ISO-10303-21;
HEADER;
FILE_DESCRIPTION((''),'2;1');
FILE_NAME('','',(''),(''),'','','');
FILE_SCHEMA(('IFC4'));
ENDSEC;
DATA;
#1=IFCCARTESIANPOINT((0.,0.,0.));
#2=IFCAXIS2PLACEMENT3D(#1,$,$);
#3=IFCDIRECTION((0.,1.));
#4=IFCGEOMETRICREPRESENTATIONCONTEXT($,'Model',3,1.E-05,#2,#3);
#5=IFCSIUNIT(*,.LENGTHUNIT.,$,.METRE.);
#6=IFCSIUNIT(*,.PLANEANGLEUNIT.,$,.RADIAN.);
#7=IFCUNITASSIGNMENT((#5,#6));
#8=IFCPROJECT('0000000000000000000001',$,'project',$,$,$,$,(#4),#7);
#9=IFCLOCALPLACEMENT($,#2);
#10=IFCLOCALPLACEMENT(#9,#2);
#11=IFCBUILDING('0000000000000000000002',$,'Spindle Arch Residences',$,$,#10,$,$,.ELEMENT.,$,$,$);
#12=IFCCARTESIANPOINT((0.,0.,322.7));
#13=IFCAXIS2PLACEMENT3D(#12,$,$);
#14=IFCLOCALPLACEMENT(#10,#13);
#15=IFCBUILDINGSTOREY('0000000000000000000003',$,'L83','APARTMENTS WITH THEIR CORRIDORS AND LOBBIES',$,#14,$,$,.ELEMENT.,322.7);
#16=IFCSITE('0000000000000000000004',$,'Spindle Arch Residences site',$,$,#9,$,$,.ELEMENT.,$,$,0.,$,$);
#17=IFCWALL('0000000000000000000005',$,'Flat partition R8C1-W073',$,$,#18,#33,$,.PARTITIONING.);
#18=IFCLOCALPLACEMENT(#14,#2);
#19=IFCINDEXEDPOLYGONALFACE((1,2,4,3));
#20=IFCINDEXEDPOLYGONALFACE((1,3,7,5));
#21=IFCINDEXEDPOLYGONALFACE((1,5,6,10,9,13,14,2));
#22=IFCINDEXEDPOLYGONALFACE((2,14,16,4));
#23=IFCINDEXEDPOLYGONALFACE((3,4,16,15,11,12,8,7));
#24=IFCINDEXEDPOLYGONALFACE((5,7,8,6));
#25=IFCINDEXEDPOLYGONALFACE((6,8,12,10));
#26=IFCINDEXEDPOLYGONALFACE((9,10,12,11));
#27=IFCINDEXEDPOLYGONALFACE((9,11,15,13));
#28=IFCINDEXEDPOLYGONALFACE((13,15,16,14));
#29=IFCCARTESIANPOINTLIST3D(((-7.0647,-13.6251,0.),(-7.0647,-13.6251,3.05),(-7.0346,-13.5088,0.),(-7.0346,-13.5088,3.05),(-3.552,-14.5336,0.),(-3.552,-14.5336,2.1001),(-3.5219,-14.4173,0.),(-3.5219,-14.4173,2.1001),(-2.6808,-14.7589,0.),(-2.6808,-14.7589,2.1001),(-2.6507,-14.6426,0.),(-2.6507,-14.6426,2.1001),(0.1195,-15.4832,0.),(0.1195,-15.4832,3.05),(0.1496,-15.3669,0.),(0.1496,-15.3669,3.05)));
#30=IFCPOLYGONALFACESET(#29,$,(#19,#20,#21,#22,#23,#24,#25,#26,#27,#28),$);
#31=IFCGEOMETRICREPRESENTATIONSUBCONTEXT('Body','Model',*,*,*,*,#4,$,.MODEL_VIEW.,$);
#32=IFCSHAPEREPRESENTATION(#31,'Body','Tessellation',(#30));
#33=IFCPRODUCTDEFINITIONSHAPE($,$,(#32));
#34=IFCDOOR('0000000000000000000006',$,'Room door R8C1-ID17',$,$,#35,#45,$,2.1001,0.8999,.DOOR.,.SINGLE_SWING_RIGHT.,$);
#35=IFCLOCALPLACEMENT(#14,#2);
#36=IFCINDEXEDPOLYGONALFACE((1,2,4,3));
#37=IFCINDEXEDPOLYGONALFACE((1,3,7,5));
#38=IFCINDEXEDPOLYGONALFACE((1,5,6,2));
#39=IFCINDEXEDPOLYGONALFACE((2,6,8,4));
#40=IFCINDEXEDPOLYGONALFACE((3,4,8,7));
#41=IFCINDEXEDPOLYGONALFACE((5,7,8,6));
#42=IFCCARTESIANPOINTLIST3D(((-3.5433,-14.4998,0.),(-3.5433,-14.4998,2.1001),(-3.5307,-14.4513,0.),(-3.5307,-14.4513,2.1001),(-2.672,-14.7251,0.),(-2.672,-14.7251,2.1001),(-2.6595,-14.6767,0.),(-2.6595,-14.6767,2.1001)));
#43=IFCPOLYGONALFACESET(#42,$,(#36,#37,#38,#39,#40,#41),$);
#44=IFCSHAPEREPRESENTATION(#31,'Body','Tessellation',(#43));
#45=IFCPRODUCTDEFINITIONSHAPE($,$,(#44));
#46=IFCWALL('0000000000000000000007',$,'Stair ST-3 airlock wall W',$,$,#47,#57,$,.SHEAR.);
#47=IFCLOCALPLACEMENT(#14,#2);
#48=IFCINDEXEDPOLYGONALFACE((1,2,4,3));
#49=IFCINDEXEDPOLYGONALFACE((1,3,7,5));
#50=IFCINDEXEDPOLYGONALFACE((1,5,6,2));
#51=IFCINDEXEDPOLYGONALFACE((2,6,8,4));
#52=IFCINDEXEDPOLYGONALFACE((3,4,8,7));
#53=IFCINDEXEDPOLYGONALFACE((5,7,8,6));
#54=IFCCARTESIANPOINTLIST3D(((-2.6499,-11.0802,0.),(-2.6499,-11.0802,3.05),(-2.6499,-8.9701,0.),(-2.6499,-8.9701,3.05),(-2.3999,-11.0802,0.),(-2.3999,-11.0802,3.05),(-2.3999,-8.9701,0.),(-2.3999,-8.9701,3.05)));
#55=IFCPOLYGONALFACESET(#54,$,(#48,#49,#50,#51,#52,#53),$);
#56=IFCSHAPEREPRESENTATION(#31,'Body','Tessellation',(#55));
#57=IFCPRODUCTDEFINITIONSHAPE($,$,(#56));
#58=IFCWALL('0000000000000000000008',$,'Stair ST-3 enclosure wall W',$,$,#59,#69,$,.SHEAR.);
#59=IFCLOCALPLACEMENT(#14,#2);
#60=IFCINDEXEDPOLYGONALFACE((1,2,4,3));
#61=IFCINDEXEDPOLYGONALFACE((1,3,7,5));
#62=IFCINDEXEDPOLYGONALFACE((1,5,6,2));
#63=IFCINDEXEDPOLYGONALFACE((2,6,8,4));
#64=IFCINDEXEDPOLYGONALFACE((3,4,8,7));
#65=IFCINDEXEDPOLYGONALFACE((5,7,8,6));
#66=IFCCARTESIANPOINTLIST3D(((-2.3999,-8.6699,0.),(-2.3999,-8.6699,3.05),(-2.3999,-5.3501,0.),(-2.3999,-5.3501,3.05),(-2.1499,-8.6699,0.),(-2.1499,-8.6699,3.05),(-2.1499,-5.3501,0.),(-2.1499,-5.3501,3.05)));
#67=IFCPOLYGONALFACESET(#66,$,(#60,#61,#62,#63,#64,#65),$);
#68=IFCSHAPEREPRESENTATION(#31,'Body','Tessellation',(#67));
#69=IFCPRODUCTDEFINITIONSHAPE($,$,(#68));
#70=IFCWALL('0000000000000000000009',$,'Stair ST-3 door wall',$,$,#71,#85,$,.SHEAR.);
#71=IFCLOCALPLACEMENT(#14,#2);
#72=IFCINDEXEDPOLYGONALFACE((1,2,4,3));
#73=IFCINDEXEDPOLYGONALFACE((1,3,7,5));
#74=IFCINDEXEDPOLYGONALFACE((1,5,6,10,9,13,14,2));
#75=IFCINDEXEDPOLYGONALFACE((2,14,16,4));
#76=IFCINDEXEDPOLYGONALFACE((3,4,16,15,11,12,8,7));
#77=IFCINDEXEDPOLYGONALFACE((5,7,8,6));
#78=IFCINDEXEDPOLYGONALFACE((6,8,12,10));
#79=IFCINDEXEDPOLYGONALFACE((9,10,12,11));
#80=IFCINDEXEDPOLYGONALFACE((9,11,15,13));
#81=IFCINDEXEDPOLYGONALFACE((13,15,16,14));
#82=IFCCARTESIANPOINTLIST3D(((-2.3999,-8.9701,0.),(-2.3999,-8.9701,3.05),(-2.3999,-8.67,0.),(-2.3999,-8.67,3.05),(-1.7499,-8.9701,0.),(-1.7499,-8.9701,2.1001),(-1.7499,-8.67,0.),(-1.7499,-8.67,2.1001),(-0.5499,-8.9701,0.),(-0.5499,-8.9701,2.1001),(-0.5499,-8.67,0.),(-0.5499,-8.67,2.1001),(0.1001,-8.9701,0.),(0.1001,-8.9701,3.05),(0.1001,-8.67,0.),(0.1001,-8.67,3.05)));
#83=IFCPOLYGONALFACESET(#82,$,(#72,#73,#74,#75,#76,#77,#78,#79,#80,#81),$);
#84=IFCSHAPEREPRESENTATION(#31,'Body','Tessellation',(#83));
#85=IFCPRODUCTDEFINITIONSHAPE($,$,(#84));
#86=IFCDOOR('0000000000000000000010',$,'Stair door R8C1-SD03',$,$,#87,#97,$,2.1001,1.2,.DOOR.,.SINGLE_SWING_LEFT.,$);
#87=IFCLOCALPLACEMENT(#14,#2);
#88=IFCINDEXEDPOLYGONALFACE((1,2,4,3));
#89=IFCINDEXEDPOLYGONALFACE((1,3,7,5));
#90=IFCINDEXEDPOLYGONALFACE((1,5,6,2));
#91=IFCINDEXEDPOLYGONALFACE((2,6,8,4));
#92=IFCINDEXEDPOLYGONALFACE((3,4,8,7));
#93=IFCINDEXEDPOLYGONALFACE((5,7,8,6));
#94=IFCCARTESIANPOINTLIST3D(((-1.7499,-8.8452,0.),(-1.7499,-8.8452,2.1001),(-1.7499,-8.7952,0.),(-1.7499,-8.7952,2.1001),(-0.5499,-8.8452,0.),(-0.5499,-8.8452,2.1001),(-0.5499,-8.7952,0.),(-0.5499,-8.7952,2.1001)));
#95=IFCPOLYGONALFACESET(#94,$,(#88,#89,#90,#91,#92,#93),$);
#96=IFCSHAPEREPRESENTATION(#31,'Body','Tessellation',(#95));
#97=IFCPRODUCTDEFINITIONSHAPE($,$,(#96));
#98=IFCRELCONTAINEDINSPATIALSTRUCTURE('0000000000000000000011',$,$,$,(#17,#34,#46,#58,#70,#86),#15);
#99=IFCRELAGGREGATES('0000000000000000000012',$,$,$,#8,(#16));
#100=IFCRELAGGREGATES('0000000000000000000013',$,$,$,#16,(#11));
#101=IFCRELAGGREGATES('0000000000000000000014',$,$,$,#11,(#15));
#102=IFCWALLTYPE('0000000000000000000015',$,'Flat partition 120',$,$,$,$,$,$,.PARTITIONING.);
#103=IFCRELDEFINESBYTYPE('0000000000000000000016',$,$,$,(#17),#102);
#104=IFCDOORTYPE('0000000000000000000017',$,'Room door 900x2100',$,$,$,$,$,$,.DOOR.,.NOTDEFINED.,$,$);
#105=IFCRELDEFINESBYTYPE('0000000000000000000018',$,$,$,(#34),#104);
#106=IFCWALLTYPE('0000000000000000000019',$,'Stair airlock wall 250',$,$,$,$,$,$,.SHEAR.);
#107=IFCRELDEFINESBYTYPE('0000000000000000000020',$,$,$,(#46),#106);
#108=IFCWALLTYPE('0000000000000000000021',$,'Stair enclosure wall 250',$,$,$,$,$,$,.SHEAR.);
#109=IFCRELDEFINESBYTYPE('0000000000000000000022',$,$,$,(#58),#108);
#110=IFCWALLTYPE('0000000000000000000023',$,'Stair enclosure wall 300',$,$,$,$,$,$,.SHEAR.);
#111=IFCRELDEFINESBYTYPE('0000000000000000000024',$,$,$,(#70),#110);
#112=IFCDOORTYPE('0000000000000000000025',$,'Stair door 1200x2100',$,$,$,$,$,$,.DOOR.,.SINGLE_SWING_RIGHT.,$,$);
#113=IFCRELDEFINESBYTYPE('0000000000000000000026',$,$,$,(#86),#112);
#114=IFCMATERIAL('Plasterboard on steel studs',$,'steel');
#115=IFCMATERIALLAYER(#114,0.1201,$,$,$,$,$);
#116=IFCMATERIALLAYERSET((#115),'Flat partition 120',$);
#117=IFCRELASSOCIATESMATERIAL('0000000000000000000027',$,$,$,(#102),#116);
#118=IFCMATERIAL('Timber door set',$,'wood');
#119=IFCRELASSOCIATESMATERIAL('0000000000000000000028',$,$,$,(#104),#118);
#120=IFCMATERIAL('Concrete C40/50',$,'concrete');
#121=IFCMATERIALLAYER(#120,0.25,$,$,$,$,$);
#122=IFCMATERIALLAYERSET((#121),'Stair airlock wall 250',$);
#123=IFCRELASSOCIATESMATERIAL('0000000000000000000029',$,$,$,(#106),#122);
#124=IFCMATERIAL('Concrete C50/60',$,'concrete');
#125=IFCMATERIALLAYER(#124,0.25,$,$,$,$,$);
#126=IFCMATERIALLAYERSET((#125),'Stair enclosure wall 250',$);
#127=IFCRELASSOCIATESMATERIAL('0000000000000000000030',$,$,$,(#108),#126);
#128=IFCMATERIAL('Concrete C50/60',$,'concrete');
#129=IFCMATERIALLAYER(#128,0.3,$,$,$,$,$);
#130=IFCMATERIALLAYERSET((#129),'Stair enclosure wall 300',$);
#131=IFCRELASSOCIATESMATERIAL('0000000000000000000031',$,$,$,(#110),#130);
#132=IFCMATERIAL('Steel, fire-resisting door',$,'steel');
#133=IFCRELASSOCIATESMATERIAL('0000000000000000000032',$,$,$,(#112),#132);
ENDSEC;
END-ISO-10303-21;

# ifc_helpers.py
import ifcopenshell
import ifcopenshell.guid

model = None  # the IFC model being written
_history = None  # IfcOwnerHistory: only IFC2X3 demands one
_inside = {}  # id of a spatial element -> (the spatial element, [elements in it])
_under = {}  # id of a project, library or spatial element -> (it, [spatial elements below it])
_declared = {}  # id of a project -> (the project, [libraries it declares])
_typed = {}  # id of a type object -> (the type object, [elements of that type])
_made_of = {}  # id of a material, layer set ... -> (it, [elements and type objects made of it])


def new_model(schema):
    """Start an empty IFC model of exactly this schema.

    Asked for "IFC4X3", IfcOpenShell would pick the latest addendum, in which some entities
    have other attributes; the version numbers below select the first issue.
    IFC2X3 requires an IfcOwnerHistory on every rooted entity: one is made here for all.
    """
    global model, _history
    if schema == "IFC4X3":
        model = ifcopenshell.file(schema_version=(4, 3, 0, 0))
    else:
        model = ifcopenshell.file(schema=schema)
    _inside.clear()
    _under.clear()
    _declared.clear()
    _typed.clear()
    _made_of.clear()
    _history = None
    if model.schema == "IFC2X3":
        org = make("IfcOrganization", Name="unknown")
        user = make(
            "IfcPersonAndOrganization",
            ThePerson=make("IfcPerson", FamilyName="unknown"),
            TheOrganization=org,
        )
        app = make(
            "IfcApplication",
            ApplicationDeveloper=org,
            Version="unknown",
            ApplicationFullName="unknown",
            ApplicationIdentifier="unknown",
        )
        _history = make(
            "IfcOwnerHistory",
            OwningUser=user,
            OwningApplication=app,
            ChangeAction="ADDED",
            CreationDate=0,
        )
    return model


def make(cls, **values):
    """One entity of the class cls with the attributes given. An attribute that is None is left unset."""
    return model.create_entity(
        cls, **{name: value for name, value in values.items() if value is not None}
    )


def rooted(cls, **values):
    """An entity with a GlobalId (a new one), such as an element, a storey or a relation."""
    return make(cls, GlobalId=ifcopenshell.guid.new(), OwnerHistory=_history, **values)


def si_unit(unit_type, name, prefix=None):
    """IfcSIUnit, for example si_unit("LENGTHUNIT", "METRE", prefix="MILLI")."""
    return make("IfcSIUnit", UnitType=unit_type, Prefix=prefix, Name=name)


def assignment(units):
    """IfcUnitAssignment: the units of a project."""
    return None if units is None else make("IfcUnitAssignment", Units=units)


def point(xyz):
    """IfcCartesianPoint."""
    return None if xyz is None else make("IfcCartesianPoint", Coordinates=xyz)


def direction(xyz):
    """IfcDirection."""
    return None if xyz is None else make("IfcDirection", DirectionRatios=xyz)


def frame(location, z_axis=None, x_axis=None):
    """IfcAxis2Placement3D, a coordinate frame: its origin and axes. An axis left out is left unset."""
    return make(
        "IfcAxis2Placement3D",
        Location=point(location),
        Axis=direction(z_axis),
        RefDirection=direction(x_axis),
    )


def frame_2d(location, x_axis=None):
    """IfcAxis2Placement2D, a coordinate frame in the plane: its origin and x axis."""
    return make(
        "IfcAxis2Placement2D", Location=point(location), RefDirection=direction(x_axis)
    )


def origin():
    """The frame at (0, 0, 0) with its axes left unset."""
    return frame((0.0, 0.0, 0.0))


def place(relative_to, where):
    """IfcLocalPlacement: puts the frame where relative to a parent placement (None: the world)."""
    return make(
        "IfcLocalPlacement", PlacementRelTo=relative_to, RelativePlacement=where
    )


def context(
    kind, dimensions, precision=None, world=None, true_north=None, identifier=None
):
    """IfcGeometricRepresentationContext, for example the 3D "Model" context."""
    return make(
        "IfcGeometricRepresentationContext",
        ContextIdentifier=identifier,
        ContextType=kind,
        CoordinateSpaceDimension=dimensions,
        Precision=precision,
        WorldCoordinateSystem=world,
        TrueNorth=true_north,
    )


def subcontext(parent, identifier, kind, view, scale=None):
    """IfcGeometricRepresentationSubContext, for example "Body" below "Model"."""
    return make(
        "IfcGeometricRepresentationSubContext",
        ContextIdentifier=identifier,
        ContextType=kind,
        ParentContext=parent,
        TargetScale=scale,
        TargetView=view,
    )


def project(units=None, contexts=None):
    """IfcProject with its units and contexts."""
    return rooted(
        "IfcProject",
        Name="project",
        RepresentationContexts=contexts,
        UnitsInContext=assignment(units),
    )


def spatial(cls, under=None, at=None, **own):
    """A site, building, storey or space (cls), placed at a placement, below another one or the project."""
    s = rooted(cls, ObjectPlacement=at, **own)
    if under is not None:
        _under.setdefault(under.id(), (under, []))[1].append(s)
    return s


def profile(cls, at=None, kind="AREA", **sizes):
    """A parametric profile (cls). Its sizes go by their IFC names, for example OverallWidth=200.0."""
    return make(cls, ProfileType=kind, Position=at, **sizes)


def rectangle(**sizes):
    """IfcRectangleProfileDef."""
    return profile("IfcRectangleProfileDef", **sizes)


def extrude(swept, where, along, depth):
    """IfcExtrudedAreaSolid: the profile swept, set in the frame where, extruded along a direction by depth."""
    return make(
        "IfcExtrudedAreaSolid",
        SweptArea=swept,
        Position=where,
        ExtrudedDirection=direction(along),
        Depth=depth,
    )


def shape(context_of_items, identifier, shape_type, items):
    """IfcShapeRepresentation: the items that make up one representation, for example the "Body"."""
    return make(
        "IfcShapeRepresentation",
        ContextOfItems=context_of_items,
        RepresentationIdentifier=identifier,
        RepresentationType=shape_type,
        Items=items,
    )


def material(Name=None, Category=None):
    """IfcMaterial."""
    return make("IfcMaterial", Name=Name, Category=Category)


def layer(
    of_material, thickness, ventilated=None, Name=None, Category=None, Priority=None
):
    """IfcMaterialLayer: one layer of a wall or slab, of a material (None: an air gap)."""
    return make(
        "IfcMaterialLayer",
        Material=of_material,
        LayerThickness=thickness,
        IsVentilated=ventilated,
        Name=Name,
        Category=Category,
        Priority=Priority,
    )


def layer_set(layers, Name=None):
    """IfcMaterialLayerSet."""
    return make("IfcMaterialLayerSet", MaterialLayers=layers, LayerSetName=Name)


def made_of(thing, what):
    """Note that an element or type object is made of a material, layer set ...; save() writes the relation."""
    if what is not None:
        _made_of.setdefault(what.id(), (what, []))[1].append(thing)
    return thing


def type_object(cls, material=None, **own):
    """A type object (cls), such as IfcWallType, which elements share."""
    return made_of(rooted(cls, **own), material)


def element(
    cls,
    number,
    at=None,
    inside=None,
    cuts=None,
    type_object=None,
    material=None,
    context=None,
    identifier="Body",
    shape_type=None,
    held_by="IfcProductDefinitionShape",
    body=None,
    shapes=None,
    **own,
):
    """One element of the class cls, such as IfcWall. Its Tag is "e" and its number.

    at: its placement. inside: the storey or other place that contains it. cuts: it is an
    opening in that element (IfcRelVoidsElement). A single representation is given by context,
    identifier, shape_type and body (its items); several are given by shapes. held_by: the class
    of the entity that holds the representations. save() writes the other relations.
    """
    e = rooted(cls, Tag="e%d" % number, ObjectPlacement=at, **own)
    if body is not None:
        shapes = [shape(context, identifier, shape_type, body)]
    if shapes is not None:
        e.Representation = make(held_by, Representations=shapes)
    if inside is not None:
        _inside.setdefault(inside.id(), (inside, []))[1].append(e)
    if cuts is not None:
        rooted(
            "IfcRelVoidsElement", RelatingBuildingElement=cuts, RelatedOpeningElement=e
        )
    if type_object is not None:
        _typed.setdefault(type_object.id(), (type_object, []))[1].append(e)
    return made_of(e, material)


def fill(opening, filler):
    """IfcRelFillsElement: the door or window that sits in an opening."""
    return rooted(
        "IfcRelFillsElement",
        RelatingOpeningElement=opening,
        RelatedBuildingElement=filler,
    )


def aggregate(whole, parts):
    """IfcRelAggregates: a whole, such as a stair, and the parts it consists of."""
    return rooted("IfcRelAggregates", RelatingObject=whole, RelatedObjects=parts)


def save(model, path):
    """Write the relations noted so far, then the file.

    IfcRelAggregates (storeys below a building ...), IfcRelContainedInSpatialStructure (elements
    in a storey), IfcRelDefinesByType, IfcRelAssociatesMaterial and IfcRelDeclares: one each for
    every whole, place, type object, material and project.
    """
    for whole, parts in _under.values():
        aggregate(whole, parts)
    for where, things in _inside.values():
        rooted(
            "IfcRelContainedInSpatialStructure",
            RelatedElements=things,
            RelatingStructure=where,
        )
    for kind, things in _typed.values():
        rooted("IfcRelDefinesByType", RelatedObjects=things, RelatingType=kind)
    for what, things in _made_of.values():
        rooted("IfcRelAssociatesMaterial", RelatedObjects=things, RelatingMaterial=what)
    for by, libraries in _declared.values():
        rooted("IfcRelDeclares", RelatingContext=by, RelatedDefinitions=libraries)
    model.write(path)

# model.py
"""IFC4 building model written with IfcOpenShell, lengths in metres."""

from ifc_helpers import new_model, si_unit, direction, frame, frame_2d, origin, place, context, subcontext, project, spatial, rectangle, extrude, material, layer, layer_set, type_object, element, fill, save


model = new_model("IFC4")

# Units and contexts
model_context = context("Model", 3, precision=1e-05, world=origin(), true_north=direction((0.0, 1.0)))
body_context = subcontext(model_context, "Body", "Model", "MODEL_VIEW")
ifc_project = project(units=[si_unit("LENGTHUNIT", "METRE"), si_unit("PLANEANGLEUNIT", "RADIAN")], contexts=[model_context])

# Site, building, storey
site_placement = place(None, origin())
site = spatial("IfcSite", under=ifc_project, at=site_placement, Name="Spindle Arch Residences site", CompositionType="ELEMENT", RefElevation=0.0)
building_placement = place(site_placement, origin())
building = spatial("IfcBuilding", under=site, at=building_placement, Name="Spindle Arch Residences", CompositionType="ELEMENT")
storey_placement = place(building_placement, frame((0.0, 0.0, 322.7)))
storey = spatial("IfcBuildingStorey", under=building, at=storey_placement, Name="L83", Description="APARTMENTS WITH THEIR CORRIDORS AND LOBBIES", CompositionType="ELEMENT", Elevation=322.7)

# Shared definitions
ifc_material_1 = material(Name="Plasterboard on steel studs", Category="steel")
ifc_layer_1 = layer(ifc_material_1, 0.1201)
ifc_layer_set_1 = layer_set([ifc_layer_1], Name="Flat partition 120")
wall_type_1 = type_object("IfcWallType", Name="Flat partition 120", PredefinedType="PARTITIONING", material=ifc_layer_set_1)

# Wall, opening, door
wall_1_placement = place(storey_placement, frame((-7.0498, -13.5669, 0.0), z_axis=(0.0, 0.0, 1.0), x_axis=(0.968142, -0.2504, 0.0)))
wall_1 = element("IfcWall", 1, at=wall_1_placement, inside=storey, type_object=wall_type_1, Name="Flat partition R8C1-W073", PredefinedType="PARTITIONING", context=body_context, shape_type="SweptSolid", body=[
    extrude(rectangle(XDim=7.4207, YDim=0.1201, at=frame_2d((3.7104, 0.0))), origin(), (0.0, 0.0, 1.0), 3.05),
])
opening_1_placement = place(wall_1_placement, frame((3.6284, 0.0, 0.0)))
opening_1 = element("IfcOpeningElement", 2, at=opening_1_placement, cuts=wall_1, PredefinedType="OPENING", context=body_context, shape_type="SweptSolid", body=[
    extrude(rectangle(XDim=0.8999, YDim=2.1001, at=frame_2d((0.45, 1.05))), frame((0.0, 0.0701, 0.0), z_axis=(0.0, -1.0, 0.0), x_axis=(1.0, 0.0, 0.0)), (0.0, 0.0, 1.0), 0.1401),
])
ifc_material_2 = material(Name="Timber door set", Category="wood")
door_type_1 = type_object("IfcDoorType", Name="Room door 900x2100", OperationType="NOTDEFINED", PredefinedType="DOOR", material=ifc_material_2)
door_1_placement = place(opening_1_placement, origin())
door_1 = element("IfcDoor", 3, at=door_1_placement, inside=storey, type_object=door_type_1, Name="Room door R8C1-ID17", OperationType="SINGLE_SWING_RIGHT", OverallHeight=2.1001, OverallWidth=0.8999, PredefinedType="DOOR", context=body_context, shape_type="SweptSolid", body=[
    extrude(rectangle(XDim=0.8999, YDim=2.1001, at=frame_2d((0.45, 1.05))), frame((0.0, 0.0249, 0.0), z_axis=(0.0, -1.0, 0.0), x_axis=(1.0, 0.0, 0.0)), (0.0, 0.0, 1.0), 0.05),
])
fill(opening_1, door_1)

# Walls
ifc_material_3 = material(Name="Concrete C40/50", Category="concrete")
ifc_layer_2 = layer(ifc_material_3, 0.25)
ifc_layer_set_2 = layer_set([ifc_layer_2], Name="Stair airlock wall 250")
wall_type_2 = type_object("IfcWallType", Name="Stair airlock wall 250", PredefinedType="SHEAR", material=ifc_layer_set_2)
wall_2_placement = place(storey_placement, frame((-2.5249, -8.97, 0.0), z_axis=(0.0, 0.0, 1.0), x_axis=(0.0, -1.0, 0.0)))
element("IfcWall", 4, at=wall_2_placement, inside=storey, type_object=wall_type_2, Name="Stair ST-3 airlock wall W", PredefinedType="SHEAR", context=body_context, shape_type="SweptSolid", body=[
    extrude(rectangle(XDim=2.1101, YDim=0.25, at=frame_2d((1.0552, 0.0))), origin(), (0.0, 0.0, 1.0), 3.05),
])
ifc_material_4 = material(Name="Concrete C50/60", Category="concrete")
ifc_layer_3 = layer(ifc_material_4, 0.25)
ifc_layer_set_3 = layer_set([ifc_layer_3], Name="Stair enclosure wall 250")
wall_type_3 = type_object("IfcWallType", Name="Stair enclosure wall 250", PredefinedType="SHEAR", material=ifc_layer_set_3)
wall_3_placement = place(storey_placement, frame((-2.2749, -8.6699, 0.0), z_axis=(0.0, 0.0, 1.0), x_axis=(0.0, 1.0, 0.0)))
element("IfcWall", 5, at=wall_3_placement, inside=storey, type_object=wall_type_3, Name="Stair ST-3 enclosure wall W", PredefinedType="SHEAR", context=body_context, shape_type="SweptSolid", body=[
    extrude(rectangle(XDim=3.3198, YDim=0.25, at=frame_2d((1.6599, 0.0))), origin(), (0.0, 0.0, 1.0), 3.05),
])

# Wall, opening, door
ifc_material_5 = material(Name="Concrete C50/60", Category="concrete")
ifc_layer_4 = layer(ifc_material_5, 0.3)
ifc_layer_set_4 = layer_set([ifc_layer_4], Name="Stair enclosure wall 300")
wall_type_4 = type_object("IfcWallType", Name="Stair enclosure wall 300", PredefinedType="SHEAR", material=ifc_layer_set_4)
wall_4_placement = place(storey_placement, frame((-2.3999, -8.8201, 0.0), z_axis=(0.0, 0.0, 1.0), x_axis=(1.0, 0.0, 0.0)))
wall_4 = element("IfcWall", 6, at=wall_4_placement, inside=storey, type_object=wall_type_4, Name="Stair ST-3 door wall", PredefinedType="SHEAR", context=body_context, shape_type="SweptSolid", body=[
    extrude(rectangle(XDim=2.5, YDim=0.3, at=frame_2d((1.25, 0.0))), origin(), (0.0, 0.0, 1.0), 3.05),
])
opening_2_placement = place(wall_4_placement, frame((0.6499, 0.0, 0.0)))
opening_2 = element("IfcOpeningElement", 7, at=opening_2_placement, cuts=wall_4, PredefinedType="OPENING", context=body_context, shape_type="SweptSolid", body=[
    extrude(rectangle(XDim=1.2, YDim=2.1001, at=frame_2d((0.6001, 1.05))), frame((0.0, 0.1602, 0.0), z_axis=(0.0, -1.0, 0.0), x_axis=(1.0, 0.0, 0.0)), (0.0, 0.0, 1.0), 0.3201),
])
ifc_material_6 = material(Name="Steel, fire-resisting door", Category="steel")
door_type_2 = type_object("IfcDoorType", Name="Stair door 1200x2100", OperationType="SINGLE_SWING_RIGHT", PredefinedType="DOOR", material=ifc_material_6)
door_2_placement = place(opening_2_placement, origin())
door_2 = element("IfcDoor", 8, at=door_2_placement, inside=storey, type_object=door_type_2, Name="Stair door R8C1-SD03", OperationType="SINGLE_SWING_LEFT", OverallHeight=2.1001, OverallWidth=1.2, PredefinedType="DOOR", context=body_context, shape_type="SweptSolid", body=[
    extrude(rectangle(XDim=1.2, YDim=2.1001, at=frame_2d((0.6001, 1.05))), frame((0.0, 0.0249, 0.0), z_axis=(0.0, -1.0, 0.0), x_axis=(1.0, 0.0, 0.0)), (0.0, 0.0, 1.0), 0.05),
])
fill(opening_2, door_2)

save(model, "model.ifc")
